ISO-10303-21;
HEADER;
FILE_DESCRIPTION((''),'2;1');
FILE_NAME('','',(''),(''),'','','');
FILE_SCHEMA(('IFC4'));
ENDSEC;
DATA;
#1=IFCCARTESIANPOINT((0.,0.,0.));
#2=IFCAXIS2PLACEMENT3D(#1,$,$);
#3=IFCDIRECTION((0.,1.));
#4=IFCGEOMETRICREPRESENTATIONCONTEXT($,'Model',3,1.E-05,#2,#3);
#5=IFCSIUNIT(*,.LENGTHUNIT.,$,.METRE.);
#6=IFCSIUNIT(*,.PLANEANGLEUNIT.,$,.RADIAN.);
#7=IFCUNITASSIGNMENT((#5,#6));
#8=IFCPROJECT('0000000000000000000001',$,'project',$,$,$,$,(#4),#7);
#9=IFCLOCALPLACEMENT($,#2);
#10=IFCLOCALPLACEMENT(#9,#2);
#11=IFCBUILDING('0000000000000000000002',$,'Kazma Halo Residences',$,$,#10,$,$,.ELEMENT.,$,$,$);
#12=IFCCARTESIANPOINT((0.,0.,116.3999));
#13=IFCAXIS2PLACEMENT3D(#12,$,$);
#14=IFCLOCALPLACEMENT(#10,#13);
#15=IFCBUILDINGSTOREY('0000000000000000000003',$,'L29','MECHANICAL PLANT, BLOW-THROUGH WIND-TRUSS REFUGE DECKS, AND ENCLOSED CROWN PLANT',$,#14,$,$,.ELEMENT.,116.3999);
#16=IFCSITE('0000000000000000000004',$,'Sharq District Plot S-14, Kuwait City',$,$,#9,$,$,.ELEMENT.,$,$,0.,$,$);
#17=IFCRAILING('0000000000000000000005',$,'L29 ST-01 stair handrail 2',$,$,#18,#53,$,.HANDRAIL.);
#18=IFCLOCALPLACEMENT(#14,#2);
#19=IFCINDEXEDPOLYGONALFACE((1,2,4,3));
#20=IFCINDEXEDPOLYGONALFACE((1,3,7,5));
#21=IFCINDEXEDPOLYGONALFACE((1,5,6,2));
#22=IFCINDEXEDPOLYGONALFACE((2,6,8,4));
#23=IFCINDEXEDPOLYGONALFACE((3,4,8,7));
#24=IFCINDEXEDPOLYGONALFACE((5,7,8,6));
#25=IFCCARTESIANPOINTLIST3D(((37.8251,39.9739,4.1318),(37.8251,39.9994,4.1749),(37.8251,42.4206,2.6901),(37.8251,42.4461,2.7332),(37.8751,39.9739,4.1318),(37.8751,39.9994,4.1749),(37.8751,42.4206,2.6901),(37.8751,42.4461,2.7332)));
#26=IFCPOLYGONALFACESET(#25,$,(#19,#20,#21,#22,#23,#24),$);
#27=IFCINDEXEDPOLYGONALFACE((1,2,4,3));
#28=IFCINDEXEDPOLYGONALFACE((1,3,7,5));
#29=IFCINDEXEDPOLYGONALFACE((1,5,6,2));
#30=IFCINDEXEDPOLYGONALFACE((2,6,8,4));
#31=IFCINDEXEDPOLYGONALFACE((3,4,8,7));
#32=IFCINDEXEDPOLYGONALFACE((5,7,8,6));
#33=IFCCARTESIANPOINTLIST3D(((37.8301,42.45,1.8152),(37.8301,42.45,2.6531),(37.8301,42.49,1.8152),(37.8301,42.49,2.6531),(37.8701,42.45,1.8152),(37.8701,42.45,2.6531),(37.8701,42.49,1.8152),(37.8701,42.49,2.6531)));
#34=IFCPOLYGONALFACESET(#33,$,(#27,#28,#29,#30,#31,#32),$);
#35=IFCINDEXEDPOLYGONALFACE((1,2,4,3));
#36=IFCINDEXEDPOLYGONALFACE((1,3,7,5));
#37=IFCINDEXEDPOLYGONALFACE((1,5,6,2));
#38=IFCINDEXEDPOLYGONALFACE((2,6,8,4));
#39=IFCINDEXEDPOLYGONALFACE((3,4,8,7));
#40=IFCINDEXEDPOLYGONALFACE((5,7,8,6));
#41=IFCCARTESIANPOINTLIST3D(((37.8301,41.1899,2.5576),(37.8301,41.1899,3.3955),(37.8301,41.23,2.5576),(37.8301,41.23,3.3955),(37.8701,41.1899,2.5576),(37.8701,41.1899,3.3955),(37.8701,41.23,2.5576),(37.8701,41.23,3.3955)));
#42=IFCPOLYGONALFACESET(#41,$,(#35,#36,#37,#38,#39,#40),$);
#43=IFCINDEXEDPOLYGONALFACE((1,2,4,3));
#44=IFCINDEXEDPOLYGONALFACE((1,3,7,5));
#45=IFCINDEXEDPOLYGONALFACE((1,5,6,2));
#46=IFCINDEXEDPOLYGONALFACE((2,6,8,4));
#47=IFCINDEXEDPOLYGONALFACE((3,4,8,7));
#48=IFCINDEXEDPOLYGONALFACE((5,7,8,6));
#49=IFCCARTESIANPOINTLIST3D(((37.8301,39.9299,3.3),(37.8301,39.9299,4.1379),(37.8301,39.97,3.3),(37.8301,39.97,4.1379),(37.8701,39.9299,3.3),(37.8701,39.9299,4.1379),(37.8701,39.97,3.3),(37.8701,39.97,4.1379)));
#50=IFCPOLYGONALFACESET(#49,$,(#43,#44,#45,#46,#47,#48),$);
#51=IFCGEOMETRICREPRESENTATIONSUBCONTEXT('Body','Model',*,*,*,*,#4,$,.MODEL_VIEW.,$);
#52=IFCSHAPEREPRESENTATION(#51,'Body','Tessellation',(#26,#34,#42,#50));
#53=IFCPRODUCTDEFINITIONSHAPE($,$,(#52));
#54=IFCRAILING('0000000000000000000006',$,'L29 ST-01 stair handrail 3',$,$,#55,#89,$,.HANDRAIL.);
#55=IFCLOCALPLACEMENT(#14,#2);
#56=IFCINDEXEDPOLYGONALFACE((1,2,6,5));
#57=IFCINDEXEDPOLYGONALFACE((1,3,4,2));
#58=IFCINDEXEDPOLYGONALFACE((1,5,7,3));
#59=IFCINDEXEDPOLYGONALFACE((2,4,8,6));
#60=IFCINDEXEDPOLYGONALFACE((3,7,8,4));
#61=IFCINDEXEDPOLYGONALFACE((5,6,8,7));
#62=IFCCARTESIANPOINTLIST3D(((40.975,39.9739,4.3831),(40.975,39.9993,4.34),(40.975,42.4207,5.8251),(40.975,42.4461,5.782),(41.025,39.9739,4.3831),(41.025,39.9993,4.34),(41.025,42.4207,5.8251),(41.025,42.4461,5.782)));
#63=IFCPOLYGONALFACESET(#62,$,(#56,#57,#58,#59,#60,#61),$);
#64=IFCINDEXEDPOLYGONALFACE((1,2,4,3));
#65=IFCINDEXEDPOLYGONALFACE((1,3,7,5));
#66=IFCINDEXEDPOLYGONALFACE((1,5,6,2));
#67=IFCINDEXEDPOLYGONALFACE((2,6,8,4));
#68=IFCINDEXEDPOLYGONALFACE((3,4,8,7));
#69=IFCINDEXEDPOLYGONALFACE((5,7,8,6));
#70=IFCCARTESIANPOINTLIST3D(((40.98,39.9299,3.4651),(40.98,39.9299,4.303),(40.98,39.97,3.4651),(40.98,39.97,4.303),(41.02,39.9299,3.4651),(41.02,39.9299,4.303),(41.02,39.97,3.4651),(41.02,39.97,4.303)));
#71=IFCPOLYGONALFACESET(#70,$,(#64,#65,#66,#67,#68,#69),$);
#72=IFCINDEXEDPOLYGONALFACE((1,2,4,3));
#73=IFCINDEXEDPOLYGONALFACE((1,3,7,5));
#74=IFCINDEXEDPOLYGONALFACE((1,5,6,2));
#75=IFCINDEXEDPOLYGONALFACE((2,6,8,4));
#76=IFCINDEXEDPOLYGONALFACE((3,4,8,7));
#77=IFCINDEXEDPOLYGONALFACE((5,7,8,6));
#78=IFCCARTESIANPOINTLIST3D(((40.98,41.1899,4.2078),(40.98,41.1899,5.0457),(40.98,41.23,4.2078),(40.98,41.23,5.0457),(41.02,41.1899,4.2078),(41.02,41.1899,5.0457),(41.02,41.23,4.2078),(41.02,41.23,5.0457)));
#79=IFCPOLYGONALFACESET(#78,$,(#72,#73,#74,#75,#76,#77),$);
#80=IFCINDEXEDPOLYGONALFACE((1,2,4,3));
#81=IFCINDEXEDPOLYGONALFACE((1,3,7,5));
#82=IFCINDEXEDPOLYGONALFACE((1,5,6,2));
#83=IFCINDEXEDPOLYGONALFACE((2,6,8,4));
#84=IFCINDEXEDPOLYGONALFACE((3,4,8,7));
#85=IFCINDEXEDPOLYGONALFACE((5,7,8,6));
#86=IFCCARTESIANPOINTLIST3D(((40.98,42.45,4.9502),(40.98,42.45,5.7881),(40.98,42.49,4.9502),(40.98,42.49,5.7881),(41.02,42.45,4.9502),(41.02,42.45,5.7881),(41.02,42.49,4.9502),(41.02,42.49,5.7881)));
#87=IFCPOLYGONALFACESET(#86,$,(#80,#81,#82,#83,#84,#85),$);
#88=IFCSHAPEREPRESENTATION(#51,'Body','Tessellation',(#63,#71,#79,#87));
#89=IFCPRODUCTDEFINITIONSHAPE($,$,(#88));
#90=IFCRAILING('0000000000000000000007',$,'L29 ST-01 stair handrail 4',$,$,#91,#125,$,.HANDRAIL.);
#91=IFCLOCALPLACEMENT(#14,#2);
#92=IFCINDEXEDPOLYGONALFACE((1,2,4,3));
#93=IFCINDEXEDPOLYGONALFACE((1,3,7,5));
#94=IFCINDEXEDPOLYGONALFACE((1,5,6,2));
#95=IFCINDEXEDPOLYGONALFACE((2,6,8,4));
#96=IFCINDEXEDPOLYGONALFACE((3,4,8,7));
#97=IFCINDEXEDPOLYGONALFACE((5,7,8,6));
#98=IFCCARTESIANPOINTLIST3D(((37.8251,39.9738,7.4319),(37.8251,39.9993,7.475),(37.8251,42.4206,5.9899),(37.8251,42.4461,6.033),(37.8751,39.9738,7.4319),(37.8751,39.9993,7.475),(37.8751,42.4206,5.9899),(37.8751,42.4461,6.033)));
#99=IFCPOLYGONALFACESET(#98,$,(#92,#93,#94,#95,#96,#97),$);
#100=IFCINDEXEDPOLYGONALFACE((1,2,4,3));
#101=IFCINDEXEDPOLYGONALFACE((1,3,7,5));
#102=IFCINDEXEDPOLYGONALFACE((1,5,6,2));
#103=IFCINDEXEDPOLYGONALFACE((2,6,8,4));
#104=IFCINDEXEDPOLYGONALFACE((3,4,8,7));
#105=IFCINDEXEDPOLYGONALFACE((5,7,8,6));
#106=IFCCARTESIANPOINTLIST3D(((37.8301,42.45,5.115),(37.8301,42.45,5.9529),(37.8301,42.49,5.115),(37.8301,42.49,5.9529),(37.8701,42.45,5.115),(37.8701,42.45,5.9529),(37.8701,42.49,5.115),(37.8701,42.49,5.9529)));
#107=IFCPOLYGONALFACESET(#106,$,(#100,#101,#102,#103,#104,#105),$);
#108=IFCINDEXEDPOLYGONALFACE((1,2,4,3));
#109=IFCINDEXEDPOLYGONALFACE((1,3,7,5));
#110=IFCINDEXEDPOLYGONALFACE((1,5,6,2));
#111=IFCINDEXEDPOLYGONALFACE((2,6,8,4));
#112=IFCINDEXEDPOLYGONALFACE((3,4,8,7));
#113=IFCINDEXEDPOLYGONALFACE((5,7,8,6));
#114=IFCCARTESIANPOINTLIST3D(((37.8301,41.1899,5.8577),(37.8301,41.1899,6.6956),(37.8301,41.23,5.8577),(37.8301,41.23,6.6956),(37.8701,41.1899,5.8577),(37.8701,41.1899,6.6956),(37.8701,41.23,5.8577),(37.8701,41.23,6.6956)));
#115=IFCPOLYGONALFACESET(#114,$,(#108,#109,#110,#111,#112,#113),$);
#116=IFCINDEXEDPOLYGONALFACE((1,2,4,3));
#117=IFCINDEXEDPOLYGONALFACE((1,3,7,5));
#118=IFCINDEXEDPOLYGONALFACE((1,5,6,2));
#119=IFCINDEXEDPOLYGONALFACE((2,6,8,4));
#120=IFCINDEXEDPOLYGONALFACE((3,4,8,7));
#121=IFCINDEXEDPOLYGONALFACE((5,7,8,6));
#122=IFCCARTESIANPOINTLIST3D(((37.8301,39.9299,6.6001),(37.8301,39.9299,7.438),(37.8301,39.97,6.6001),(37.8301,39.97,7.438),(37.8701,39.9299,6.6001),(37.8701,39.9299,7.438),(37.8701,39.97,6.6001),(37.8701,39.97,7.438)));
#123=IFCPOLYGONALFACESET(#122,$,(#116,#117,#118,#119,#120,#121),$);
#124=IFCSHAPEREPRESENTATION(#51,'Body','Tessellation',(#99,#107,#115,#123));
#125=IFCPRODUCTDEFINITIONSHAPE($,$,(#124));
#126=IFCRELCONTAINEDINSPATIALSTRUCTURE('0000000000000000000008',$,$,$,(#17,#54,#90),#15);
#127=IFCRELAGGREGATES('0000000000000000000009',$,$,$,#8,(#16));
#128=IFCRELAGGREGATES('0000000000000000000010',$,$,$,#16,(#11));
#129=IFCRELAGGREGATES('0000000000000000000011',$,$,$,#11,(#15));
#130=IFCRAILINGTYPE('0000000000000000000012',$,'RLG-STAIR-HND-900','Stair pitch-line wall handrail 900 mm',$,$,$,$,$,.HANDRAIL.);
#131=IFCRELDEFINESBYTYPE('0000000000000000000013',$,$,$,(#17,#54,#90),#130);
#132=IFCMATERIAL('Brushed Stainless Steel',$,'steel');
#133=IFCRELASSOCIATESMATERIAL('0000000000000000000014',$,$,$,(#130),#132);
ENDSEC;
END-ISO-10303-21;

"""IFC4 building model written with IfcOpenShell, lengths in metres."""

from ifc_helpers import new_model, si_unit, direction, frame, origin, origin_2d, place, context, subcontext, project, spatial, rectangle, extrude, material, type_object, element, save


model = new_model("IFC4")

# Units and contexts
model_context = context("Model", 3, precision=1e-05, world=origin(), true_north=direction((0.0, 1.0)))
body_context = subcontext(model_context, "Body", "Model", "MODEL_VIEW")
ifc_project = project(units=[si_unit("LENGTHUNIT", "METRE"), si_unit("PLANEANGLEUNIT", "RADIAN")], contexts=[model_context])

# Site, building, storey
site_placement = place(None, origin())
site = spatial("IfcSite", under=ifc_project, at=site_placement, Name="Sharq District Plot S-14, Kuwait City", CompositionType="ELEMENT", RefElevation=0.0)
building_placement = place(site_placement, origin())
building = spatial("IfcBuilding", under=site, at=building_placement, Name="Kazma Halo Residences", CompositionType="ELEMENT")
storey_placement = place(building_placement, frame((0.0, 0.0, 116.3999)))
storey = spatial("IfcBuildingStorey", under=building, at=storey_placement, Name="L29", Description="MECHANICAL PLANT, BLOW-THROUGH WIND-TRUSS REFUGE DECKS, AND ENCLOSED CROWN PLANT", CompositionType="ELEMENT", Elevation=116.3999)

# Railings
ifc_material_1 = material(Name="Brushed Stainless Steel", Category="steel")
railing_type_1 = type_object("IfcRailingType", Name="RLG-STAIR-HND-900", Description="Stair pitch-line wall handrail 900 mm", PredefinedType="HANDRAIL", material=ifc_material_1)
railing_1_placement = place(storey_placement, frame((37.8501, 42.47, 1.8152)))
element("IfcRailing", 1, at=railing_1_placement, inside=storey, type_object=railing_type_1, Name="L29 ST-01 stair handrail 2", PredefinedType="HANDRAIL", context=body_context, shape_type="SweptSolid", body=[
    extrude(rectangle(XDim=0.05, YDim=0.05, at=origin_2d()), frame((0.0, -0.0366, 0.8965), z_axis=(0.0, -0.861561, 0.507655), x_axis=(1.0, 0.0, 0.0)), (0.0, 0.0, 1.0), 2.8398),
    extrude(rectangle(XDim=0.04, YDim=0.04, at=origin_2d()), origin(), (0.0, 0.0, 1.0), 0.8379),
    extrude(rectangle(XDim=0.04, YDim=0.04, at=origin_2d()), frame((0.0, -1.26, 0.7424)), (0.0, 0.0, 1.0), 0.8379),
    extrude(rectangle(XDim=0.04, YDim=0.04, at=origin_2d()), frame((0.0, -2.52, 1.4849)), (0.0, 0.0, 1.0), 0.8379),
])
railing_2_placement = place(storey_placement, frame((41.0, 39.95, 3.4651)))
element("IfcRailing", 2, at=railing_2_placement, inside=storey, type_object=railing_type_1, Name="L29 ST-01 stair handrail 3", PredefinedType="HANDRAIL", context=body_context, shape_type="SweptSolid", body=[
    extrude(rectangle(XDim=0.05, YDim=0.05, at=origin_2d()), frame((0.0, 0.0366, 0.8965), z_axis=(0.0, 0.861524, 0.507717), x_axis=(-1.0, 0.0, 0.0)), (0.0, 0.0, 1.0), 2.8401),
    extrude(rectangle(XDim=0.04, YDim=0.04, at=origin_2d()), origin(), (0.0, 0.0, 1.0), 0.8379),
    extrude(rectangle(XDim=0.04, YDim=0.04, at=origin_2d()), frame((0.0, 1.26, 0.7427)), (0.0, 0.0, 1.0), 0.8379),
    extrude(rectangle(XDim=0.04, YDim=0.04, at=origin_2d()), frame((0.0, 2.52, 1.4851)), (0.0, 0.0, 1.0), 0.8379),
])
railing_3_placement = place(storey_placement, frame((37.8501, 42.47, 5.115)))
element("IfcRailing", 3, at=railing_3_placement, inside=storey, type_object=railing_type_1, Name="L29 ST-01 stair handrail 4", PredefinedType="HANDRAIL", context=body_context, shape_type="SweptSolid", body=[
    extrude(rectangle(XDim=0.05, YDim=0.05, at=origin_2d()), frame((0.0, -0.0366, 0.8965), z_axis=(0.0, -0.861524, 0.507717), x_axis=(1.0, 0.0, 0.0)), (0.0, 0.0, 1.0), 2.8401),
    extrude(rectangle(XDim=0.04, YDim=0.04, at=origin_2d()), origin(), (0.0, 0.0, 1.0), 0.8379),
    extrude(rectangle(XDim=0.04, YDim=0.04, at=origin_2d()), frame((0.0, -1.26, 0.7427)), (0.0, 0.0, 1.0), 0.8379),
    extrude(rectangle(XDim=0.04, YDim=0.04, at=origin_2d()), frame((0.0, -2.52, 1.4851)), (0.0, 0.0, 1.0), 0.8379),
])

save(model, "model.ifc")
